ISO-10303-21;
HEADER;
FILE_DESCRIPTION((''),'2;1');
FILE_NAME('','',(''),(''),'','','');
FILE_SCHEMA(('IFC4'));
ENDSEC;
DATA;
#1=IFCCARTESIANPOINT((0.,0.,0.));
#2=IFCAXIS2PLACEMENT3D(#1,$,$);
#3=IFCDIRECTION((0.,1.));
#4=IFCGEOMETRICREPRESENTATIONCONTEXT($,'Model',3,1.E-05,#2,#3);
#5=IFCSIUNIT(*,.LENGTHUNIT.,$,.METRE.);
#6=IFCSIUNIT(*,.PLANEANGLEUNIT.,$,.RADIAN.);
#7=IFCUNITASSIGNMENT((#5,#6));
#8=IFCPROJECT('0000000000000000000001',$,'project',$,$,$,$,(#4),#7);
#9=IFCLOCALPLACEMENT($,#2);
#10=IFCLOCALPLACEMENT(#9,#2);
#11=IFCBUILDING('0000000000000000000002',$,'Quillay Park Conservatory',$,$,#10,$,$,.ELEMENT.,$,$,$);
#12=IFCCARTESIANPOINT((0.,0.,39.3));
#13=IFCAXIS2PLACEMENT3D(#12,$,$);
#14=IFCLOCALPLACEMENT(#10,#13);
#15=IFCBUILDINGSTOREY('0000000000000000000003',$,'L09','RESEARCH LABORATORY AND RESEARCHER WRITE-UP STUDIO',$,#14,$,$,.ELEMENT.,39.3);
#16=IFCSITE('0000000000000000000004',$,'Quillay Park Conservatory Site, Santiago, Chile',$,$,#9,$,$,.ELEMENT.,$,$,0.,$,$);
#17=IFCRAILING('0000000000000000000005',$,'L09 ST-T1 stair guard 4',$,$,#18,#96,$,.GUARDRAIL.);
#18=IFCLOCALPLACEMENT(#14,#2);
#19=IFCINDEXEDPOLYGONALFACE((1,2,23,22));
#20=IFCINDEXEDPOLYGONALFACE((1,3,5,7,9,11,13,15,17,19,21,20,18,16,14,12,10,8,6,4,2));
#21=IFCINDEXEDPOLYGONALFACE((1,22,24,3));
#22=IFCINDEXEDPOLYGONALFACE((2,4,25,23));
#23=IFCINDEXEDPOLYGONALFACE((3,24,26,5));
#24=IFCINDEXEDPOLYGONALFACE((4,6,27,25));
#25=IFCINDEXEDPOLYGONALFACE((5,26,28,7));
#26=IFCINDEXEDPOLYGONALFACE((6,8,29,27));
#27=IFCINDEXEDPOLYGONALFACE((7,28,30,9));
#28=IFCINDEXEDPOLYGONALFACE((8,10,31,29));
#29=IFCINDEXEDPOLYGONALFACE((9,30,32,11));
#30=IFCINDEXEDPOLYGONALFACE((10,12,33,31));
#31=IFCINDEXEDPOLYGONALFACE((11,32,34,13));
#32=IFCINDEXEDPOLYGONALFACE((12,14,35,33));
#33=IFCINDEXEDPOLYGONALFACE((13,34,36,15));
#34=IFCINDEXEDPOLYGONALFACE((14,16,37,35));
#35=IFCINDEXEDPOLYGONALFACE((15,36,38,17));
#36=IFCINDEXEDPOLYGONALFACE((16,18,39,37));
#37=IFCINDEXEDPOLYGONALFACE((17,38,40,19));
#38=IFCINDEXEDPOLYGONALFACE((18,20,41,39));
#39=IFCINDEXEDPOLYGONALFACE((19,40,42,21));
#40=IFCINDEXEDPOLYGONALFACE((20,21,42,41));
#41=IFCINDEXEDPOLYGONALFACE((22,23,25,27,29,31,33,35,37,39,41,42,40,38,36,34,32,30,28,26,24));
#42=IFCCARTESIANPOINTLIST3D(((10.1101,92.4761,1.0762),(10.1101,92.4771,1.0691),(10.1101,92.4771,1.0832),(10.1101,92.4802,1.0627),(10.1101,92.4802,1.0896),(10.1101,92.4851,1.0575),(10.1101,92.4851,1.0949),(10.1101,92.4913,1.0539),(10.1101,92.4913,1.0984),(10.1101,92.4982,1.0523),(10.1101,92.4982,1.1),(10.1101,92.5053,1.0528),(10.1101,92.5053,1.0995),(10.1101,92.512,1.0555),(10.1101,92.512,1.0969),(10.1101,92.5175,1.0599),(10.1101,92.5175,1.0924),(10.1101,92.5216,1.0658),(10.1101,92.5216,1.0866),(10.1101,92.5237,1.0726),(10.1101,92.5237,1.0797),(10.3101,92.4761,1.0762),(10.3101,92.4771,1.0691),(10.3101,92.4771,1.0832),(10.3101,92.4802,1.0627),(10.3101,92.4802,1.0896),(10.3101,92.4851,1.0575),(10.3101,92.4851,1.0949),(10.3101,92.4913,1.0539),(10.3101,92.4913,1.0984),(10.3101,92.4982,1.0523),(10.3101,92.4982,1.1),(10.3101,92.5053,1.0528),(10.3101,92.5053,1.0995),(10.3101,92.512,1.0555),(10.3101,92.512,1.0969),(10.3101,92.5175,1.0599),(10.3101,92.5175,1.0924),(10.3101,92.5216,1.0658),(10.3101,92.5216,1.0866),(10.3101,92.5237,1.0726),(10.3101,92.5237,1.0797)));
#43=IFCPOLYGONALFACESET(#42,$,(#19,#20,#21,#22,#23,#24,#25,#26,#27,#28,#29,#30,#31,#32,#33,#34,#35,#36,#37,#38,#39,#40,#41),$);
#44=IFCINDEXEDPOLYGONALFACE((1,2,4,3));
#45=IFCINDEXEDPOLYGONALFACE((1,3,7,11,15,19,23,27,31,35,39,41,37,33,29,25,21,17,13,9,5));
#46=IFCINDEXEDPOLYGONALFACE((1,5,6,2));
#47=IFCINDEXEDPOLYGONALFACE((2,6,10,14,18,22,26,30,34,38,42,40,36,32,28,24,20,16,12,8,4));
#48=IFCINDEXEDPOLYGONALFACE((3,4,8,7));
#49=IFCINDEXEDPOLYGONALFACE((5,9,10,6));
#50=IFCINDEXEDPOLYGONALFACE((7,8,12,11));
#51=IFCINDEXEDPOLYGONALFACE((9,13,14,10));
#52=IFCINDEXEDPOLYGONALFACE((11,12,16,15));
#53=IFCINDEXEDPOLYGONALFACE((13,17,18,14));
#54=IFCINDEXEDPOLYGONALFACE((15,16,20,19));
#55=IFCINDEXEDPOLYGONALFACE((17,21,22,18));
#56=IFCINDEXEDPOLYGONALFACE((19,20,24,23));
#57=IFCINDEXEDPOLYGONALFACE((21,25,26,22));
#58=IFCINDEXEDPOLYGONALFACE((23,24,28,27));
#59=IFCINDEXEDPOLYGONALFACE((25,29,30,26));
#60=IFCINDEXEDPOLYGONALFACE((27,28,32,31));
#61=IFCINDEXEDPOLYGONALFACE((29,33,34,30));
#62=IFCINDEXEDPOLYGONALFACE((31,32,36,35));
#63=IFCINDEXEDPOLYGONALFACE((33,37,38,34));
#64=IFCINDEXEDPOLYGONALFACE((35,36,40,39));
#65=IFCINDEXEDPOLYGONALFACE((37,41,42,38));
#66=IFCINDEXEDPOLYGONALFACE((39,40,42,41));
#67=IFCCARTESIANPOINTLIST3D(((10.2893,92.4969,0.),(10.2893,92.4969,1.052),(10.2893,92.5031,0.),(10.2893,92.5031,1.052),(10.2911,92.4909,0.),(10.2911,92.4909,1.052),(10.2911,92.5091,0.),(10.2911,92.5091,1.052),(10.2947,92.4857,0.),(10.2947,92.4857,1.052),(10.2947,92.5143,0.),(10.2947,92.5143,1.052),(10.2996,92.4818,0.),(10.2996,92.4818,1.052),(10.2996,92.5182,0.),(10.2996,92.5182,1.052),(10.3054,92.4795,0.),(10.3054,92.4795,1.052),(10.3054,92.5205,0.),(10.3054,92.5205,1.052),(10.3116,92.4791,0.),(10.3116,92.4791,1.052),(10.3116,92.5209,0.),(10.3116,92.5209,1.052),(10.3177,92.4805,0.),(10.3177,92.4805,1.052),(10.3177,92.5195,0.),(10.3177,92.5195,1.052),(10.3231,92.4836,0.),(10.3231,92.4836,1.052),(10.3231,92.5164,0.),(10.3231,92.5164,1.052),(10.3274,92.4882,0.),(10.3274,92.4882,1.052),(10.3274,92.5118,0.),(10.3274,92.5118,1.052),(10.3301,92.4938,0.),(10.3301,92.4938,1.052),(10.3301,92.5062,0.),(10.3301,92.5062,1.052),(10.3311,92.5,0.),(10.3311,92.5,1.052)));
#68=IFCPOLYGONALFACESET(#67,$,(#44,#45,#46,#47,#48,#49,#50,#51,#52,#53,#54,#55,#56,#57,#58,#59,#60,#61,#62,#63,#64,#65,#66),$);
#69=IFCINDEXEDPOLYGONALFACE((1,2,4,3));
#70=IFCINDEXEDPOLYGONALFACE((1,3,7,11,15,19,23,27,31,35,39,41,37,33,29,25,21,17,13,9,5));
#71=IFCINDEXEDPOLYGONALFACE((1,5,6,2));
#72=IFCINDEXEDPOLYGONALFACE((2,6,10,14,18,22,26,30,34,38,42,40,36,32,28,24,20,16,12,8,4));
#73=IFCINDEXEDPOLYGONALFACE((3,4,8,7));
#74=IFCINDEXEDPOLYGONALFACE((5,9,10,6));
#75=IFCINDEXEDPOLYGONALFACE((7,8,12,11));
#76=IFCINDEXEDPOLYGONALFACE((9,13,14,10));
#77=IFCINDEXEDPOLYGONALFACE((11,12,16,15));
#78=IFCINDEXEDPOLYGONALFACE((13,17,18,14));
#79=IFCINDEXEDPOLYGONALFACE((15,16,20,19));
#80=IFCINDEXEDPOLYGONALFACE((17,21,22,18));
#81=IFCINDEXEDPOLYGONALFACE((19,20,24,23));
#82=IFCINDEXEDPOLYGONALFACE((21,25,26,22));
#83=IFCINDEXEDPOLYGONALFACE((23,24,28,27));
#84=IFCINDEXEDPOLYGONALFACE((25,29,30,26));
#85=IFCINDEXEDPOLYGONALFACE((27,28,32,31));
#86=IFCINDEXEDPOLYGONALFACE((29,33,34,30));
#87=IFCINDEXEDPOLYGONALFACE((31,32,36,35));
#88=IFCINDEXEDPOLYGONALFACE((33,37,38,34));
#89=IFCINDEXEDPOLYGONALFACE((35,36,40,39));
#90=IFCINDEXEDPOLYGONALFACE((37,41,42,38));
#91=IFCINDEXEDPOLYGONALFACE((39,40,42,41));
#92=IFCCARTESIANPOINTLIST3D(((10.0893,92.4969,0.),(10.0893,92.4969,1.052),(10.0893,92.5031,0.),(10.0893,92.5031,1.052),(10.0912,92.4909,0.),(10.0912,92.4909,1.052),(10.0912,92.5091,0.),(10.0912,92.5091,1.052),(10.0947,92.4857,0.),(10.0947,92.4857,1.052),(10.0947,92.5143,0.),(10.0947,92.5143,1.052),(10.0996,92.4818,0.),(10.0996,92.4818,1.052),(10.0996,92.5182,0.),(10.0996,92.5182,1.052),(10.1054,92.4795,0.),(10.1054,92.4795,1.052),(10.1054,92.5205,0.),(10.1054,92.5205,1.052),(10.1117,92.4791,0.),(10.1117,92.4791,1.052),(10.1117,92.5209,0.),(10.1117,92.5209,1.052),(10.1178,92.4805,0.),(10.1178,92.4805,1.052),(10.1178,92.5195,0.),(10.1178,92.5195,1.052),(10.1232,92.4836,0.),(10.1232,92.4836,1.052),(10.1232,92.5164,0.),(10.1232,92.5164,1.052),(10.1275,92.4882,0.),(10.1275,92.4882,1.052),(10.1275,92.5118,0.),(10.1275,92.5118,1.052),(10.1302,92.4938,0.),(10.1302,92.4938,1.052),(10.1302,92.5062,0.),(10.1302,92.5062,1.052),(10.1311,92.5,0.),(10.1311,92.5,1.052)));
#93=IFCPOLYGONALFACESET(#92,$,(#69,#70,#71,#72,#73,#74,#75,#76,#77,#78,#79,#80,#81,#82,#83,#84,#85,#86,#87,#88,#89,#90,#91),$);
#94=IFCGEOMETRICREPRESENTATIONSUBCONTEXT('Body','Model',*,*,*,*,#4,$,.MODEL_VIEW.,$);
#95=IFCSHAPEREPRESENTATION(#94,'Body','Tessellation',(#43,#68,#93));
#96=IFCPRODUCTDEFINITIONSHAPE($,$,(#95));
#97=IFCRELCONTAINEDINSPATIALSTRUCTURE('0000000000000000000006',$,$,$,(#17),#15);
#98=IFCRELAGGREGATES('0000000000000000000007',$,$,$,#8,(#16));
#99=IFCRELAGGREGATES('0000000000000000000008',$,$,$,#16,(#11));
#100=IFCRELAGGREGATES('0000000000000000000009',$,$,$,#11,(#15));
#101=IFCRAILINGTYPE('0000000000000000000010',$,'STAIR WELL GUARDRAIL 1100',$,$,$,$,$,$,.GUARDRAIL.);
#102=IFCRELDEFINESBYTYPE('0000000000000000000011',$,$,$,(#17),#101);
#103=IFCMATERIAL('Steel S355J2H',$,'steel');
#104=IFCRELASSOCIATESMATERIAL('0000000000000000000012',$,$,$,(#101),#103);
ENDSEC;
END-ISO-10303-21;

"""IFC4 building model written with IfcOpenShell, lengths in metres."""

from ifc_helpers import new_model, si_unit, direction, frame, origin, origin_2d, place, context, subcontext, project, spatial, circle, extrude, material, type_object, element, save


model = new_model("IFC4")

# Units and contexts
model_context = context("Model", 3, precision=1e-05, world=origin(), true_north=direction((0.0, 1.0)))
body_context = subcontext(model_context, "Body", "Model", "MODEL_VIEW")
ifc_project = project(units=[si_unit("LENGTHUNIT", "METRE"), si_unit("PLANEANGLEUNIT", "RADIAN")], contexts=[model_context])

# Site, building, storey
site_placement = place(None, origin())
site = spatial("IfcSite", under=ifc_project, at=site_placement, Name="Quillay Park Conservatory Site, Santiago, Chile", CompositionType="ELEMENT", RefElevation=0.0)
building_placement = place(site_placement, origin())
building = spatial("IfcBuilding", under=site, at=building_placement, Name="Quillay Park Conservatory", CompositionType="ELEMENT")
storey_placement = place(building_placement, frame((0.0, 0.0, 39.3)))
storey = spatial("IfcBuildingStorey", under=building, at=storey_placement, Name="L09", Description="RESEARCH LABORATORY AND RESEARCHER WRITE-UP STUDIO", CompositionType="ELEMENT", Elevation=39.3)

# Railing
ifc_material_1 = material(Name="Steel S355J2H", Category="steel")
railing_type_1 = type_object("IfcRailingType", Name="STAIR WELL GUARDRAIL 1100", PredefinedType="GUARDRAIL", material=ifc_material_1)
railing_1_placement = place(storey_placement, frame((10.3101, 92.5, 0.0)))
element("IfcRailing", 1, at=railing_1_placement, inside=storey, type_object=railing_type_1, Name="L09 ST-T1 stair guard 4", PredefinedType="GUARDRAIL", context=body_context, shape_type="SweptSolid", body=[
    extrude(circle(Radius=0.0239, at=origin_2d()), frame((0.0, 0.0, 1.0762), z_axis=(-1.0, 0.0, 0.0), x_axis=(0.0, -1.0, 0.0)), (0.0, 0.0, 1.0), 0.2),
    extrude(circle(Radius=0.021, at=origin_2d()), origin(), (0.0, 0.0, 1.0), 1.052),
    extrude(circle(Radius=0.021, at=origin_2d()), frame((-0.2, 0.0, 0.0)), (0.0, 0.0, 1.0), 1.052),
])

save(model, "model.ifc")
